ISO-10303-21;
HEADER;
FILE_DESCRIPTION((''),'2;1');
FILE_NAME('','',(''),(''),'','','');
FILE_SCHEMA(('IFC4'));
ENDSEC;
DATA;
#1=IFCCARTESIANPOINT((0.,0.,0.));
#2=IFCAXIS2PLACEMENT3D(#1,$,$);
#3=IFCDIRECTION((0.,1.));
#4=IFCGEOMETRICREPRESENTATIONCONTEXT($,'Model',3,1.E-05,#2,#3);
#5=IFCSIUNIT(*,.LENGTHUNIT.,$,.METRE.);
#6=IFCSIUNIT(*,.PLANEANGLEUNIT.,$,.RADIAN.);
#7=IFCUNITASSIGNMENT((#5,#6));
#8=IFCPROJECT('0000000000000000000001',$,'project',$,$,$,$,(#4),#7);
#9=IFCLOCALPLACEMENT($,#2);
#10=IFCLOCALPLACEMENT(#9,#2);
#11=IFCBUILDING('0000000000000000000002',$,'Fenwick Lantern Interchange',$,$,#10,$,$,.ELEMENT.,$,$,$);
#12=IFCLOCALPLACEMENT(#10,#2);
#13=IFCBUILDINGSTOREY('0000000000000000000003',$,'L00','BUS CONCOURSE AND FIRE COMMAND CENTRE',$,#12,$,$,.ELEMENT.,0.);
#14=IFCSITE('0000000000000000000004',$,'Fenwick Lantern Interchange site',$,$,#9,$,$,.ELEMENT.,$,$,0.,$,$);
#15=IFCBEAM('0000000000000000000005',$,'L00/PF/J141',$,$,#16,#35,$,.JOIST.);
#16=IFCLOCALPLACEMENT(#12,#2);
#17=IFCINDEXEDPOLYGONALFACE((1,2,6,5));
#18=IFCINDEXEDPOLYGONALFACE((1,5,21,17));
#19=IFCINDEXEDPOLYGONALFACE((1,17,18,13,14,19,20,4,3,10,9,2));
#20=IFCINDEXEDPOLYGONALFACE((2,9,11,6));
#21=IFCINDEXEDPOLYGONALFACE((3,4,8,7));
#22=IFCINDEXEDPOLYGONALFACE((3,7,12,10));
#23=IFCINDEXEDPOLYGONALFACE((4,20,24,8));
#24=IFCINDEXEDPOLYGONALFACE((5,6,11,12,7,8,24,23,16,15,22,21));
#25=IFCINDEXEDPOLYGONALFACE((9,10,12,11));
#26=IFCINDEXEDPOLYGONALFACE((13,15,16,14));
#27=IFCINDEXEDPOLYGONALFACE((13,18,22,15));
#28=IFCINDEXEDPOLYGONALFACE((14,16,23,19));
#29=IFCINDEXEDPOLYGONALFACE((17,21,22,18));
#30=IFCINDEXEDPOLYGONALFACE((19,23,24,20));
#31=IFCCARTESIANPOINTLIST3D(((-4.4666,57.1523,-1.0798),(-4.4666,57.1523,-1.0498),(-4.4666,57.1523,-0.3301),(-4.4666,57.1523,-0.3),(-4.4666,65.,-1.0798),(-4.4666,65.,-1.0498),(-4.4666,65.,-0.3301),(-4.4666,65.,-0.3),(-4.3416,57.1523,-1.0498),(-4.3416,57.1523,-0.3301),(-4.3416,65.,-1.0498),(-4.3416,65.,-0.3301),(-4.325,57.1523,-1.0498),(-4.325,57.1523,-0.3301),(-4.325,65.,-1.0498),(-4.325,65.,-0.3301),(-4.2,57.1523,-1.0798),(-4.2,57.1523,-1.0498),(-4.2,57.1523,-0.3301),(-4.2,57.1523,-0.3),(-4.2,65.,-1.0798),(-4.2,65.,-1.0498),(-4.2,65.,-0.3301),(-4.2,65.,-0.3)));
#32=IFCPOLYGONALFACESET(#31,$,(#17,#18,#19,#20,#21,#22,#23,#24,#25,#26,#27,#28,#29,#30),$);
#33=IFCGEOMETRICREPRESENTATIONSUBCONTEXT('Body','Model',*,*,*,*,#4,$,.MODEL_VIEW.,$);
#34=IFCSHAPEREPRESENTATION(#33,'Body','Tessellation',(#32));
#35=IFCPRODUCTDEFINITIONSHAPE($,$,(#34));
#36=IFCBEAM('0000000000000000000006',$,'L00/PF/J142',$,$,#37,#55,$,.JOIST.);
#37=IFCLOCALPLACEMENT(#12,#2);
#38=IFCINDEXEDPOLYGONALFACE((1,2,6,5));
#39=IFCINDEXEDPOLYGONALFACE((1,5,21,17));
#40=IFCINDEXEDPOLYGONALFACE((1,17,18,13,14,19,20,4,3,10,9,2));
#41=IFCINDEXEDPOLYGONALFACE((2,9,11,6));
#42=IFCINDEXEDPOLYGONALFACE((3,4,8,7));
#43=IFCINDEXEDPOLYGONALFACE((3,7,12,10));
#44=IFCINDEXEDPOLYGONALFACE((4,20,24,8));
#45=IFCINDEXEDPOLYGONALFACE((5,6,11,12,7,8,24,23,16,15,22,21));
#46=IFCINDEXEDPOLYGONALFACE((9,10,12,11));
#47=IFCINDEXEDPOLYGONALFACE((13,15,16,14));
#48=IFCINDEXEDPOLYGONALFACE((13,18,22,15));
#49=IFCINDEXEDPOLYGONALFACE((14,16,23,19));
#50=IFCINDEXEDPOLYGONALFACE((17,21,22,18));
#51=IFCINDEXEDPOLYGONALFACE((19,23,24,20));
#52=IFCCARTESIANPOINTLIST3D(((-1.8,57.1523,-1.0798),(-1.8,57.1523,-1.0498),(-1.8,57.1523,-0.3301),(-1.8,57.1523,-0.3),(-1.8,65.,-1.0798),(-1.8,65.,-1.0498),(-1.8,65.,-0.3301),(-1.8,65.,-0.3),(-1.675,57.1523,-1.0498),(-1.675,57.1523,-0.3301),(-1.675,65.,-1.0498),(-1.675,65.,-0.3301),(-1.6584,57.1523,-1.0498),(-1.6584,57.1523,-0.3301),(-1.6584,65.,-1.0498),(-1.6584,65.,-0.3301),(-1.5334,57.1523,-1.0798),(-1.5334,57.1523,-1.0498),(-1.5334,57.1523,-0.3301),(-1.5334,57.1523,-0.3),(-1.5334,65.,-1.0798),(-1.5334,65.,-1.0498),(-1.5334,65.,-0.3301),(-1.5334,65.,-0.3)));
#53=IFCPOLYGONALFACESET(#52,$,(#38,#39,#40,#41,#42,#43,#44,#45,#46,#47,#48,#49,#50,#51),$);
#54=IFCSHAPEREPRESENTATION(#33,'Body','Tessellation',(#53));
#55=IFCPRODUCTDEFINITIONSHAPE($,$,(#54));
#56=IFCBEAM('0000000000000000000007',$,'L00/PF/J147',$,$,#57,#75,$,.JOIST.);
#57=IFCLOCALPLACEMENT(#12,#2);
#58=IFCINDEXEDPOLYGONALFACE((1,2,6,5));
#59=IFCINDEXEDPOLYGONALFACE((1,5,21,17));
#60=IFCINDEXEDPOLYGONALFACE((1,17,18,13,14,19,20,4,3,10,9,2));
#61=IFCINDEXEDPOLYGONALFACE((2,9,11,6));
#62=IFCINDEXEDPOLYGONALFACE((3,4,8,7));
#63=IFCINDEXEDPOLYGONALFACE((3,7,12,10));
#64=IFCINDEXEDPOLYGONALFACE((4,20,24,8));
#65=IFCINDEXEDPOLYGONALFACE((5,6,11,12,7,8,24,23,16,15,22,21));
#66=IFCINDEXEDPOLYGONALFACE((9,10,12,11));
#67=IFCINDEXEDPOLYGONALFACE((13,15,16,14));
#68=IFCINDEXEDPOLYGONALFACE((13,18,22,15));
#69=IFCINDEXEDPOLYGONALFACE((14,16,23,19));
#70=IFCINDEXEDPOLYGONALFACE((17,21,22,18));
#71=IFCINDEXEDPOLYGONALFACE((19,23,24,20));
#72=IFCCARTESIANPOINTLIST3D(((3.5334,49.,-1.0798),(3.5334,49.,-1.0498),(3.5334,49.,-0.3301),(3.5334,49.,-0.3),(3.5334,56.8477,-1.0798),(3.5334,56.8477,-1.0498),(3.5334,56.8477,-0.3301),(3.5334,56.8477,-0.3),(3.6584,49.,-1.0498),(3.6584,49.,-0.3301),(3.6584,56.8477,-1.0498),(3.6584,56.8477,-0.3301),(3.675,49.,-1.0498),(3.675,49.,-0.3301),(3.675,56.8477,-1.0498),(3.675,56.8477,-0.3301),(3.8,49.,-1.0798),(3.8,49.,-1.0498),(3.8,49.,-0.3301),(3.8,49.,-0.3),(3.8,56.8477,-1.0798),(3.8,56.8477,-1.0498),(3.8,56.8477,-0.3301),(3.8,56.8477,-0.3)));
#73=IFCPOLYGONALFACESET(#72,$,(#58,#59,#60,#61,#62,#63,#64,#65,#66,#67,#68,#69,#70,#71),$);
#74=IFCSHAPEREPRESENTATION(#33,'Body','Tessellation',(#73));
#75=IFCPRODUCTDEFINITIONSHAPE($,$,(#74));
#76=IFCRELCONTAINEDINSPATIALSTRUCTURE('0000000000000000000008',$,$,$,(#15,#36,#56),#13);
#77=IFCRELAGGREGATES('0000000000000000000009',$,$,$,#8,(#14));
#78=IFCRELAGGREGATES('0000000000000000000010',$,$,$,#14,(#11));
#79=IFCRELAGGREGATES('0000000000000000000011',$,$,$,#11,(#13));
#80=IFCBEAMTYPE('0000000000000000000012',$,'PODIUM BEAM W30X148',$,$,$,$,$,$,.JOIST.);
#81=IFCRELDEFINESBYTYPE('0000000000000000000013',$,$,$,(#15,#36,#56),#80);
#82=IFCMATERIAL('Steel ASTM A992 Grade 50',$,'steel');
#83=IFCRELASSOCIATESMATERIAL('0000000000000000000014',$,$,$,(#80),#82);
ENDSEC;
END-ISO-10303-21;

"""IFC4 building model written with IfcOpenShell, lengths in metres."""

from ifc_helpers import new_model, si_unit, direction, frame, origin, origin_2d, place, context, subcontext, project, spatial, i_section, extrude, material, material_profile, profile_set, type_object, element, save


model = new_model("IFC4")

# Units and contexts
model_context = context("Model", 3, precision=1e-05, world=origin(), true_north=direction((0.0, 1.0)))
body_context = subcontext(model_context, "Body", "Model", "MODEL_VIEW")
ifc_project = project(units=[si_unit("LENGTHUNIT", "METRE"), si_unit("PLANEANGLEUNIT", "RADIAN")], contexts=[model_context])

# Site, building, storey
site_placement = place(None, origin())
site = spatial("IfcSite", under=ifc_project, at=site_placement, Name="Fenwick Lantern Interchange site", CompositionType="ELEMENT", RefElevation=0.0)
building_placement = place(site_placement, origin())
building = spatial("IfcBuilding", under=site, at=building_placement, Name="Fenwick Lantern Interchange", CompositionType="ELEMENT")
storey_placement = place(building_placement, origin())
storey = spatial("IfcBuildingStorey", under=building, at=storey_placement, Name="L00", Description="BUS CONCOURSE AND FIRE COMMAND CENTRE", CompositionType="ELEMENT", Elevation=0.0)

# Shared definitions
ifc_material = material(Name="Steel ASTM A992 Grade 50", Category="steel")

# Beams
ifc_material_profile_1 = material_profile(ifc_material, i_section(OverallWidth=0.2666, OverallDepth=0.7798, WebThickness=0.0166, FlangeThickness=0.03, at=origin_2d()), Name="W30X148")
ifc_profile_set_1 = profile_set([ifc_material_profile_1], Name="Steel ASTM A992 Grade 50")
beam_type_1 = type_object("IfcBeamType", Name="PODIUM BEAM W30X148", PredefinedType="JOIST", material=ifc_profile_set_1)
for number, where, z_axis, x_axis, name in (
    (1, (-4.3333, 57.1523, -0.6899), (0.0, 1.0, 0.0), (-1.0, 0.0, 0.0), "L00/PF/J141"),
    (2, (-1.6667, 57.1523, -0.6899), (0.0, 1.0, 0.0), (-1.0, 0.0, 0.0), "L00/PF/J142"),
    (3, (3.6667, 49.0, -0.6899), (0.0, 1.0, 0.0), (-1.0, 0.0, 0.0), "L00/PF/J147"),
):
    element("IfcBeam", number, at=place(storey_placement, frame(where, z_axis=z_axis, x_axis=x_axis)), inside=storey, type_object=beam_type_1, Name=name, PredefinedType="JOIST", context=body_context, shape_type="SweptSolid", body=[
        extrude(i_section(OverallWidth=0.2666, OverallDepth=0.7798, WebThickness=0.0166, FlangeThickness=0.03, at=origin_2d()), origin(), (0.0, 0.0, 1.0), 7.8477),
    ])

save(model, "model.ifc")
